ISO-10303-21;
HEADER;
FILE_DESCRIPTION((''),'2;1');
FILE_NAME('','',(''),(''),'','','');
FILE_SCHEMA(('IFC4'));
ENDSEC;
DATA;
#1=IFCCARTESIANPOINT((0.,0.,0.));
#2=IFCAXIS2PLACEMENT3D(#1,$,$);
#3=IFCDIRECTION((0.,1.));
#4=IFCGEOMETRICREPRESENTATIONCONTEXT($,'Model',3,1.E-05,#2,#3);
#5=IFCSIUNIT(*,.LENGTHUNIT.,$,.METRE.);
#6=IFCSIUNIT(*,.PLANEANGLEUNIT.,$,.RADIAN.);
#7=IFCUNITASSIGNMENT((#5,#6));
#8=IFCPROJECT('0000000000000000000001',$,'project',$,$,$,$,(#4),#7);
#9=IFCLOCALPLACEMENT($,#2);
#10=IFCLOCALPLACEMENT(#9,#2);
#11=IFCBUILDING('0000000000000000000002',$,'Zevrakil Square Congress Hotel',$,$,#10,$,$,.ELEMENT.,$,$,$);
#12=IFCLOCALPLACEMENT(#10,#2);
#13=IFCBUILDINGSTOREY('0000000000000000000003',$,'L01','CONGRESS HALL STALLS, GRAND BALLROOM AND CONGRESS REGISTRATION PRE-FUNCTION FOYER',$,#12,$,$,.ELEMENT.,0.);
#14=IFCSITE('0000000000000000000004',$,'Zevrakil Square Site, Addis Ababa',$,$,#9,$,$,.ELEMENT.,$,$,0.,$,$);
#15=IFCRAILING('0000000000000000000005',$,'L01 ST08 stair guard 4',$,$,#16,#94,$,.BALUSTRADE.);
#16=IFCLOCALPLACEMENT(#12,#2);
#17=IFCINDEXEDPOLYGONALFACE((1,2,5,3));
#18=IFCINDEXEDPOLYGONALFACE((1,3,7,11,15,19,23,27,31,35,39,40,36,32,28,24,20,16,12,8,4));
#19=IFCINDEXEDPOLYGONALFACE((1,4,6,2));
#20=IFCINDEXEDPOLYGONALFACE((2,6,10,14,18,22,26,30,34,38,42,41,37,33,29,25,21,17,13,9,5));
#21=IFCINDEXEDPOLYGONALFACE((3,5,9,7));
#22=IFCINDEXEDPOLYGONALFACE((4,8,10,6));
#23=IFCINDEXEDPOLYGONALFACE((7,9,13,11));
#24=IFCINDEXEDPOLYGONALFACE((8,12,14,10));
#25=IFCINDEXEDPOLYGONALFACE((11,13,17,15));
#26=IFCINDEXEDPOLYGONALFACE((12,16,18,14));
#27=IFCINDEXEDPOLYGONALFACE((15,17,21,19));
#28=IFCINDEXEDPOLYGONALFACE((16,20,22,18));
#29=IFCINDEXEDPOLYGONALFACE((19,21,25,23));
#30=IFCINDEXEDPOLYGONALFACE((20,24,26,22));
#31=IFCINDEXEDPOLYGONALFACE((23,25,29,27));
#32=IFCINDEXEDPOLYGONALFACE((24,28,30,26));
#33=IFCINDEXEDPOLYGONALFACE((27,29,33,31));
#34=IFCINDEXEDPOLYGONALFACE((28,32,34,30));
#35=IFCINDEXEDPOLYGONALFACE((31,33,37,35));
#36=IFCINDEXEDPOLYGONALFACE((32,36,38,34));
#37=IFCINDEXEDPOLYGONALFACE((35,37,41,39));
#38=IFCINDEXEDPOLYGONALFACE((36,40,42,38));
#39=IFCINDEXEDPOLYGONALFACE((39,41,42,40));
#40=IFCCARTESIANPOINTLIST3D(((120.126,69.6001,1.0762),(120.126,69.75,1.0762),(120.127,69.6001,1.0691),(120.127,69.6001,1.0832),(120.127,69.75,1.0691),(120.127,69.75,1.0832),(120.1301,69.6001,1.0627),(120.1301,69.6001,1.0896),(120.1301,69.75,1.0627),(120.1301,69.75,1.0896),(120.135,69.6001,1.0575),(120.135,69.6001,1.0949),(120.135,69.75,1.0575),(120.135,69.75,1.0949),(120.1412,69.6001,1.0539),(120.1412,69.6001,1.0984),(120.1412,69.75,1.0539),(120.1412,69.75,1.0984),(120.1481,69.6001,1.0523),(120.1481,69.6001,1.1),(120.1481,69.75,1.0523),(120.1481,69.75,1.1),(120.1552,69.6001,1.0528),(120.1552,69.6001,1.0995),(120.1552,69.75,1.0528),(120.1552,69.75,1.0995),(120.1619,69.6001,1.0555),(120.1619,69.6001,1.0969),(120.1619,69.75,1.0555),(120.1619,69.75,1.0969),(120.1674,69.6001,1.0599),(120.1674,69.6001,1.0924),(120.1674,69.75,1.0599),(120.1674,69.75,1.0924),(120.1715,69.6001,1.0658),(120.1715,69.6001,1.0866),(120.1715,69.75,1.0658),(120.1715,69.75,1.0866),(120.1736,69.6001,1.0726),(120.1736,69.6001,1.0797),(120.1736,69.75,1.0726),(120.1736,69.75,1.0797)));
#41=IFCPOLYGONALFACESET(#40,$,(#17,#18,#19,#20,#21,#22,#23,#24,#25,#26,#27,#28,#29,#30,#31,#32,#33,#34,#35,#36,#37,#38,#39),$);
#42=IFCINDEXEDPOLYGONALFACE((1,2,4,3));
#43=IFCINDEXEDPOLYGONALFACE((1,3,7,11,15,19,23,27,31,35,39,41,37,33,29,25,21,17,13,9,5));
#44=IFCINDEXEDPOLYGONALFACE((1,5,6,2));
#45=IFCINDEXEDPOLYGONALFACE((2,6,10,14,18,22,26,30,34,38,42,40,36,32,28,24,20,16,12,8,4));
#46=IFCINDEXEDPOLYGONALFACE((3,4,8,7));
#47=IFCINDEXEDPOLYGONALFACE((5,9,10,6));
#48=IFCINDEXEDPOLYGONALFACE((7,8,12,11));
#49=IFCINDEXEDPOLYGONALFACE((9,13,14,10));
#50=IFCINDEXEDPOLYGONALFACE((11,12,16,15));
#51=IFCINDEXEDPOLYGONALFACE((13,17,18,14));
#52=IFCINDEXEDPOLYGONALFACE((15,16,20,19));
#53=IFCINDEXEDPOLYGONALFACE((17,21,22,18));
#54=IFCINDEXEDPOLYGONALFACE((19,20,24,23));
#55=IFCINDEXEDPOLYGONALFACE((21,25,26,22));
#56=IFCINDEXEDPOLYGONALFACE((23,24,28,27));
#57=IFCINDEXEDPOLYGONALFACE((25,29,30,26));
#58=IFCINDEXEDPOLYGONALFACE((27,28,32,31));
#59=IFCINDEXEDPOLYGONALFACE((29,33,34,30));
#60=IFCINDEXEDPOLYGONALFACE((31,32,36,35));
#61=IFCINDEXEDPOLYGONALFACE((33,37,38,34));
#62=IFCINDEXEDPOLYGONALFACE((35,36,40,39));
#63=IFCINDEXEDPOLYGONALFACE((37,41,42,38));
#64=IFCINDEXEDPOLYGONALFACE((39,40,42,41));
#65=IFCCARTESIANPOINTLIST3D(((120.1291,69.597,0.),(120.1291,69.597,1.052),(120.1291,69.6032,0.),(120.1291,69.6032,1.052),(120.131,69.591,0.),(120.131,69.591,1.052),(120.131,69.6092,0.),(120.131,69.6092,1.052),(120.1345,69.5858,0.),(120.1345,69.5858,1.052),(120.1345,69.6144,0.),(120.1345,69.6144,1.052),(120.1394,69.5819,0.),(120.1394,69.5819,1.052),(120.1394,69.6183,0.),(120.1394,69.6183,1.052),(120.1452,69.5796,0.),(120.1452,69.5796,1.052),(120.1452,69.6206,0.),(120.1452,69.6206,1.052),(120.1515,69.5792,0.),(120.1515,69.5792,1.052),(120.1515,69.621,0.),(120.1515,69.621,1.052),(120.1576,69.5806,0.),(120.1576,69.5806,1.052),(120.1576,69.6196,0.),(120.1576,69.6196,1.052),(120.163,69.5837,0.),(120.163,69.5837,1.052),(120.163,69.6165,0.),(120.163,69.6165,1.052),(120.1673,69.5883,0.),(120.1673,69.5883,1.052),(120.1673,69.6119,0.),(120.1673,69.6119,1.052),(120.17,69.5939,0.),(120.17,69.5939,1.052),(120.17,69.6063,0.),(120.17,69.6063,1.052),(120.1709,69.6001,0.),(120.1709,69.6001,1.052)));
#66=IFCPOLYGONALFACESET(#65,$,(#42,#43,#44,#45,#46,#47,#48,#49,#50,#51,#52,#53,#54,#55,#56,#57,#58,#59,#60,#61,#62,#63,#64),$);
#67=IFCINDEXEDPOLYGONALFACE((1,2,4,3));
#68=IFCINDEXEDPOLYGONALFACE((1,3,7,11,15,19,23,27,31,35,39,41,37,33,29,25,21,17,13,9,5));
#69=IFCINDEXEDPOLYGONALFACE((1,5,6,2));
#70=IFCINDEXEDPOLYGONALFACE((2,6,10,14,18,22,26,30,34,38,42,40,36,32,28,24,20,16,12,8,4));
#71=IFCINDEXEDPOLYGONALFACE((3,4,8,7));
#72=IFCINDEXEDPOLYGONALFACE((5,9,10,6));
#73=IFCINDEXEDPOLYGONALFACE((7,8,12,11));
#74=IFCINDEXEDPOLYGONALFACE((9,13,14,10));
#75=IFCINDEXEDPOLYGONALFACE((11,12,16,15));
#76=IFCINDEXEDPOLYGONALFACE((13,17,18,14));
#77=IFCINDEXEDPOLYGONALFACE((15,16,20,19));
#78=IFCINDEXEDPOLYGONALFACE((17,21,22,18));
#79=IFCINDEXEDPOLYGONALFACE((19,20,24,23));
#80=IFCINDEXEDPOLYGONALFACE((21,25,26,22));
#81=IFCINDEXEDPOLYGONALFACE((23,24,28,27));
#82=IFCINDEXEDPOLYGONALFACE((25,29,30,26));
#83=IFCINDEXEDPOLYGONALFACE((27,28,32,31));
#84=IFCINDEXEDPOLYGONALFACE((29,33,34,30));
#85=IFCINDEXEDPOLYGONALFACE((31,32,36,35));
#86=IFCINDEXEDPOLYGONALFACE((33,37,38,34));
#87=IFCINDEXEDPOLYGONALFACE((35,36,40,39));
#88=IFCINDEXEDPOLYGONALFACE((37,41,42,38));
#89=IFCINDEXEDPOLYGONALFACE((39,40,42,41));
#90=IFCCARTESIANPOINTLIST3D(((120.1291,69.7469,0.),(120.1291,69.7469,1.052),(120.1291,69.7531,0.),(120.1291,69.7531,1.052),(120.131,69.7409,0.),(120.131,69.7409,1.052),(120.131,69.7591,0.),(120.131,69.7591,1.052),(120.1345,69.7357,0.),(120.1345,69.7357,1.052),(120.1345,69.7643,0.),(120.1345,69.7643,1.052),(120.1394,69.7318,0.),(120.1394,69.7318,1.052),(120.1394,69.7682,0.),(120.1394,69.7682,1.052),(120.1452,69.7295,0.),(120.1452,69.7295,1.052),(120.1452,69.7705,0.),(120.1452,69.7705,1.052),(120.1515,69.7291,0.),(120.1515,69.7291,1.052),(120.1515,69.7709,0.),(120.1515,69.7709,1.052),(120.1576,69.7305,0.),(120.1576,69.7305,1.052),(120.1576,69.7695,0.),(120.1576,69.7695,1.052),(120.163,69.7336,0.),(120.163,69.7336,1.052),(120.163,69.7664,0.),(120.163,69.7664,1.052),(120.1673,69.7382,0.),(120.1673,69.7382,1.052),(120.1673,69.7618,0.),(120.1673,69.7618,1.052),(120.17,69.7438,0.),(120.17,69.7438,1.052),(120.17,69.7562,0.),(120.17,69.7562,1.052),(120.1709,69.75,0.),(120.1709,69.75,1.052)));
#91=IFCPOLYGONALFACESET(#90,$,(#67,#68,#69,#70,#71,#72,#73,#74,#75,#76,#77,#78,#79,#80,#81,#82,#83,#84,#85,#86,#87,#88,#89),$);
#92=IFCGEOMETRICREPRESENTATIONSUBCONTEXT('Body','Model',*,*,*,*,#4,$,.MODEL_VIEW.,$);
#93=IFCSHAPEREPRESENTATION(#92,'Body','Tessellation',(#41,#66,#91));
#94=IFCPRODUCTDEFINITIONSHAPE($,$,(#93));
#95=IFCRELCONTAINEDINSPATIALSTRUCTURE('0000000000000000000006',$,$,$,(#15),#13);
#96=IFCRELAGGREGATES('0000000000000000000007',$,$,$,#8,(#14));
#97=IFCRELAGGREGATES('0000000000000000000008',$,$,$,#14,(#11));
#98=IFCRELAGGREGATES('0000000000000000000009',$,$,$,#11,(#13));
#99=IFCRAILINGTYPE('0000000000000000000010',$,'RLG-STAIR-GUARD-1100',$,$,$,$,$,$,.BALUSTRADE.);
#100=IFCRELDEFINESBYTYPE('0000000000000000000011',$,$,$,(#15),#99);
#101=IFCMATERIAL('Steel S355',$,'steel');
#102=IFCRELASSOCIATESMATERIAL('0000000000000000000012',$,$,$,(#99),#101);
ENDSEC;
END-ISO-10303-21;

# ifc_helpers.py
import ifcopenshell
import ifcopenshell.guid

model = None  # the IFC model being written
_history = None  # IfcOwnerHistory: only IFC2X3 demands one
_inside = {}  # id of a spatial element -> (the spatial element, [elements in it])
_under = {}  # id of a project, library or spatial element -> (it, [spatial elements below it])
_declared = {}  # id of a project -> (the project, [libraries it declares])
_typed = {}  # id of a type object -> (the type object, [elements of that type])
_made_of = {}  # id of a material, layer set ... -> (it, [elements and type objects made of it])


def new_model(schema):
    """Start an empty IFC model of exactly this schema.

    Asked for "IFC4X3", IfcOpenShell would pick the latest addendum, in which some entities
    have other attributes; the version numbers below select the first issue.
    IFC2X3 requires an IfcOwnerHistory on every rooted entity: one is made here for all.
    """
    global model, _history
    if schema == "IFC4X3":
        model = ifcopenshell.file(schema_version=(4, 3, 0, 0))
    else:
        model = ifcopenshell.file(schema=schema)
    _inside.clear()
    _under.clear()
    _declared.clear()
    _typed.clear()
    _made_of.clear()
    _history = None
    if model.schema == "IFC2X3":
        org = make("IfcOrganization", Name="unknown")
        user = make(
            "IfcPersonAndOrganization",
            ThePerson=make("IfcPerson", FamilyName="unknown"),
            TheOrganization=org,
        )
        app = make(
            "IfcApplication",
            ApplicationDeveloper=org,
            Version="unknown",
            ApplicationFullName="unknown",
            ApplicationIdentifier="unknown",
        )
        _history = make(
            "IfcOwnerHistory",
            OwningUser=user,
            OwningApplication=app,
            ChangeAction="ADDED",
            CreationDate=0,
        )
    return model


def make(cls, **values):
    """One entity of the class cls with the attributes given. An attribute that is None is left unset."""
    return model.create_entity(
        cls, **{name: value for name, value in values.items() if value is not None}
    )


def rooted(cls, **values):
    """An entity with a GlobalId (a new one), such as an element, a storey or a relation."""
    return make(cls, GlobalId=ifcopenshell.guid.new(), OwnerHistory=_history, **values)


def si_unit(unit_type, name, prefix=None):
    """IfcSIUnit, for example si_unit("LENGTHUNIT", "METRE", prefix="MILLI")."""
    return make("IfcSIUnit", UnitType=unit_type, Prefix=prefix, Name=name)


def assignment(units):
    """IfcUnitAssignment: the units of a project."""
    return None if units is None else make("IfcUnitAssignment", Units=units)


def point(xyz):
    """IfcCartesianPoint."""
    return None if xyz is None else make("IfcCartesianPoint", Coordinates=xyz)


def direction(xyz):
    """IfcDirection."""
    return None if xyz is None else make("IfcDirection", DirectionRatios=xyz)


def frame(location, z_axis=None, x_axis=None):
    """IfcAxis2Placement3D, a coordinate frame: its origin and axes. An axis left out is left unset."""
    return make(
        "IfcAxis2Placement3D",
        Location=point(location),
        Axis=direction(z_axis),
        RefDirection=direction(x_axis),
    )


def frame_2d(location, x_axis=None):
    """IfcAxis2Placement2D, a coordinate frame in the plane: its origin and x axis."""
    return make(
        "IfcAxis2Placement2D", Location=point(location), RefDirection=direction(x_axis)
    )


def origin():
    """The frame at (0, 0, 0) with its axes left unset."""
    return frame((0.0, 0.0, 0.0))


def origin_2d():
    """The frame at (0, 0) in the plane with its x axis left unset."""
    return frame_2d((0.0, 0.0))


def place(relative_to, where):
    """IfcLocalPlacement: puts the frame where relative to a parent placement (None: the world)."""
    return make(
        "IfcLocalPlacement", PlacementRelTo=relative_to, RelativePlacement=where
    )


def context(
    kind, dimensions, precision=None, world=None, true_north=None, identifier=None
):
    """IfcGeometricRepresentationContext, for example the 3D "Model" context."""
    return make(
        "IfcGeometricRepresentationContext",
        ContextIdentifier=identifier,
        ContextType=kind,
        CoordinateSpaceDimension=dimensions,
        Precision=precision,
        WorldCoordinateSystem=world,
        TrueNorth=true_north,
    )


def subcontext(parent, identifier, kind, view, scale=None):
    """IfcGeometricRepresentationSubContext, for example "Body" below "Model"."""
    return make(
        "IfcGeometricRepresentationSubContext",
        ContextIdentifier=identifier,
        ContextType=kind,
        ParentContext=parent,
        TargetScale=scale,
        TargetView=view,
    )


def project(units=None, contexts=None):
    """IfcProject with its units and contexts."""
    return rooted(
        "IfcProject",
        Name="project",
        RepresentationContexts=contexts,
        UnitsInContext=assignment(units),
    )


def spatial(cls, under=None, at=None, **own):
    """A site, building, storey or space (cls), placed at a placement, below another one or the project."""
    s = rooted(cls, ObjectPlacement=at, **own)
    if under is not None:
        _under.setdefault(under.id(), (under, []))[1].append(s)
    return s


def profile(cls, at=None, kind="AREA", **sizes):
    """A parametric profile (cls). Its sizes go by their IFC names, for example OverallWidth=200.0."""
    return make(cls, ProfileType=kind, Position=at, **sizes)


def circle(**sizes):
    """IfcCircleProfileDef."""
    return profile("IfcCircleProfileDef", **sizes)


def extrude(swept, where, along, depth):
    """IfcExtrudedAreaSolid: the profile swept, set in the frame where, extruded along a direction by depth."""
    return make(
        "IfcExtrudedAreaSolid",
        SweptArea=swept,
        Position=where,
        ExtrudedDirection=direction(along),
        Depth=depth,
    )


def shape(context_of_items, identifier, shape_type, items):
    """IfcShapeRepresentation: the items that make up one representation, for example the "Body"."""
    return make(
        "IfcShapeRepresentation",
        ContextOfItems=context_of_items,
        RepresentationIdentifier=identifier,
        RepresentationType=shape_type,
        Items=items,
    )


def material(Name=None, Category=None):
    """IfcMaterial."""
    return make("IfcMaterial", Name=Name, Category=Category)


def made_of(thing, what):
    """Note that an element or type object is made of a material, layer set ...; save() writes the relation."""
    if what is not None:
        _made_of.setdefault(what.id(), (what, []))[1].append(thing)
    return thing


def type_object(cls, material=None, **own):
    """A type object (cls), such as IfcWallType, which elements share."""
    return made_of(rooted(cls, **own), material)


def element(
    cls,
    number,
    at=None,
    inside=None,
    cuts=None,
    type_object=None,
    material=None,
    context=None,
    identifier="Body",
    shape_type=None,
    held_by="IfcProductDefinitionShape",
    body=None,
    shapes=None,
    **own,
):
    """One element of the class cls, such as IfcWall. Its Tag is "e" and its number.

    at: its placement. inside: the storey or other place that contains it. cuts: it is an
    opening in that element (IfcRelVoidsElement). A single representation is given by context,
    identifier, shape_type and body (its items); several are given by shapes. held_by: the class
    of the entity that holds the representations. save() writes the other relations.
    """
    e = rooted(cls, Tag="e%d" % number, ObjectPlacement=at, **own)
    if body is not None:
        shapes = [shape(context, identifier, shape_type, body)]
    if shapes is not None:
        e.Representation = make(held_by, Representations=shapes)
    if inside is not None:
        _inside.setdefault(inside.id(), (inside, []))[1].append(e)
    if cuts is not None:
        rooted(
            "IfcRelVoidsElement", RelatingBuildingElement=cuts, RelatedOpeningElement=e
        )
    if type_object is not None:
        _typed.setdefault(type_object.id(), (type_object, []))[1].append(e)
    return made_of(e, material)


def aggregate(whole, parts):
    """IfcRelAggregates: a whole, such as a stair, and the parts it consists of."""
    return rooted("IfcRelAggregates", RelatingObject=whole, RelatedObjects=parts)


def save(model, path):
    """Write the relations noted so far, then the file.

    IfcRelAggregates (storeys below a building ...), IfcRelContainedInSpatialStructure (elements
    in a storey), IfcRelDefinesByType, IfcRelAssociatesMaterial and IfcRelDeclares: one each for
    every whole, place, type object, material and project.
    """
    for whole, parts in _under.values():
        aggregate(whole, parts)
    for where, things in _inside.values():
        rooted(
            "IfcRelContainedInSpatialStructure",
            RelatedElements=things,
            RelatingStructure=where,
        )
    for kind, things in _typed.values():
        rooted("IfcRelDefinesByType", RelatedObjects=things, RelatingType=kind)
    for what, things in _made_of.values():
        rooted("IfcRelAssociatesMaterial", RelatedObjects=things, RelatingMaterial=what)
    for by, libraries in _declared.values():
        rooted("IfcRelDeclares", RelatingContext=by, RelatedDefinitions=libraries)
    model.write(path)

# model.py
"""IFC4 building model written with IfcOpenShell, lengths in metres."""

from ifc_helpers import new_model, si_unit, direction, frame, origin, origin_2d, place, context, subcontext, project, spatial, circle, extrude, material, type_object, element, save


model = new_model("IFC4")

# Units and contexts
model_context = context("Model", 3, precision=1e-05, world=origin(), true_north=direction((0.0, 1.0)))
body_context = subcontext(model_context, "Body", "Model", "MODEL_VIEW")
ifc_project = project(units=[si_unit("LENGTHUNIT", "METRE"), si_unit("PLANEANGLEUNIT", "RADIAN")], contexts=[model_context])

# Site, building, storey
site_placement = place(None, origin())
site = spatial("IfcSite", under=ifc_project, at=site_placement, Name="Zevrakil Square Site, Addis Ababa", CompositionType="ELEMENT", RefElevation=0.0)
building_placement = place(site_placement, origin())
building = spatial("IfcBuilding", under=site, at=building_placement, Name="Zevrakil Square Congress Hotel", CompositionType="ELEMENT")
storey_placement = place(building_placement, origin())
storey = spatial("IfcBuildingStorey", under=building, at=storey_placement, Name="L01", Description="CONGRESS HALL STALLS, GRAND BALLROOM AND CONGRESS REGISTRATION PRE-FUNCTION FOYER", CompositionType="ELEMENT", Elevation=0.0)

# Railing
ifc_material_1 = material(Name="Steel S355", Category="steel")
railing_type_1 = type_object("IfcRailingType", Name="RLG-STAIR-GUARD-1100", PredefinedType="BALUSTRADE", material=ifc_material_1)
railing_1_placement = place(storey_placement, frame((120.1499, 69.6001, 0.0)))
element("IfcRailing", 1, at=railing_1_placement, inside=storey, type_object=railing_type_1, Name="L01 ST08 stair guard 4", PredefinedType="BALUSTRADE", context=body_context, shape_type="SweptSolid", body=[
    extrude(circle(Radius=0.0239, at=origin_2d()), frame((0.0, 0.0, 1.0762), z_axis=(0.0, 1.0, 0.0), x_axis=(-1.0, 0.0, 0.0)), (0.0, 0.0, 1.0), 0.1499),
    extrude(circle(Radius=0.021, at=origin_2d()), origin(), (0.0, 0.0, 1.0), 1.052),
    extrude(circle(Radius=0.021, at=origin_2d()), frame((0.0, 0.1499, 0.0)), (0.0, 0.0, 1.0), 1.052),
])

save(model, "model.ifc")
